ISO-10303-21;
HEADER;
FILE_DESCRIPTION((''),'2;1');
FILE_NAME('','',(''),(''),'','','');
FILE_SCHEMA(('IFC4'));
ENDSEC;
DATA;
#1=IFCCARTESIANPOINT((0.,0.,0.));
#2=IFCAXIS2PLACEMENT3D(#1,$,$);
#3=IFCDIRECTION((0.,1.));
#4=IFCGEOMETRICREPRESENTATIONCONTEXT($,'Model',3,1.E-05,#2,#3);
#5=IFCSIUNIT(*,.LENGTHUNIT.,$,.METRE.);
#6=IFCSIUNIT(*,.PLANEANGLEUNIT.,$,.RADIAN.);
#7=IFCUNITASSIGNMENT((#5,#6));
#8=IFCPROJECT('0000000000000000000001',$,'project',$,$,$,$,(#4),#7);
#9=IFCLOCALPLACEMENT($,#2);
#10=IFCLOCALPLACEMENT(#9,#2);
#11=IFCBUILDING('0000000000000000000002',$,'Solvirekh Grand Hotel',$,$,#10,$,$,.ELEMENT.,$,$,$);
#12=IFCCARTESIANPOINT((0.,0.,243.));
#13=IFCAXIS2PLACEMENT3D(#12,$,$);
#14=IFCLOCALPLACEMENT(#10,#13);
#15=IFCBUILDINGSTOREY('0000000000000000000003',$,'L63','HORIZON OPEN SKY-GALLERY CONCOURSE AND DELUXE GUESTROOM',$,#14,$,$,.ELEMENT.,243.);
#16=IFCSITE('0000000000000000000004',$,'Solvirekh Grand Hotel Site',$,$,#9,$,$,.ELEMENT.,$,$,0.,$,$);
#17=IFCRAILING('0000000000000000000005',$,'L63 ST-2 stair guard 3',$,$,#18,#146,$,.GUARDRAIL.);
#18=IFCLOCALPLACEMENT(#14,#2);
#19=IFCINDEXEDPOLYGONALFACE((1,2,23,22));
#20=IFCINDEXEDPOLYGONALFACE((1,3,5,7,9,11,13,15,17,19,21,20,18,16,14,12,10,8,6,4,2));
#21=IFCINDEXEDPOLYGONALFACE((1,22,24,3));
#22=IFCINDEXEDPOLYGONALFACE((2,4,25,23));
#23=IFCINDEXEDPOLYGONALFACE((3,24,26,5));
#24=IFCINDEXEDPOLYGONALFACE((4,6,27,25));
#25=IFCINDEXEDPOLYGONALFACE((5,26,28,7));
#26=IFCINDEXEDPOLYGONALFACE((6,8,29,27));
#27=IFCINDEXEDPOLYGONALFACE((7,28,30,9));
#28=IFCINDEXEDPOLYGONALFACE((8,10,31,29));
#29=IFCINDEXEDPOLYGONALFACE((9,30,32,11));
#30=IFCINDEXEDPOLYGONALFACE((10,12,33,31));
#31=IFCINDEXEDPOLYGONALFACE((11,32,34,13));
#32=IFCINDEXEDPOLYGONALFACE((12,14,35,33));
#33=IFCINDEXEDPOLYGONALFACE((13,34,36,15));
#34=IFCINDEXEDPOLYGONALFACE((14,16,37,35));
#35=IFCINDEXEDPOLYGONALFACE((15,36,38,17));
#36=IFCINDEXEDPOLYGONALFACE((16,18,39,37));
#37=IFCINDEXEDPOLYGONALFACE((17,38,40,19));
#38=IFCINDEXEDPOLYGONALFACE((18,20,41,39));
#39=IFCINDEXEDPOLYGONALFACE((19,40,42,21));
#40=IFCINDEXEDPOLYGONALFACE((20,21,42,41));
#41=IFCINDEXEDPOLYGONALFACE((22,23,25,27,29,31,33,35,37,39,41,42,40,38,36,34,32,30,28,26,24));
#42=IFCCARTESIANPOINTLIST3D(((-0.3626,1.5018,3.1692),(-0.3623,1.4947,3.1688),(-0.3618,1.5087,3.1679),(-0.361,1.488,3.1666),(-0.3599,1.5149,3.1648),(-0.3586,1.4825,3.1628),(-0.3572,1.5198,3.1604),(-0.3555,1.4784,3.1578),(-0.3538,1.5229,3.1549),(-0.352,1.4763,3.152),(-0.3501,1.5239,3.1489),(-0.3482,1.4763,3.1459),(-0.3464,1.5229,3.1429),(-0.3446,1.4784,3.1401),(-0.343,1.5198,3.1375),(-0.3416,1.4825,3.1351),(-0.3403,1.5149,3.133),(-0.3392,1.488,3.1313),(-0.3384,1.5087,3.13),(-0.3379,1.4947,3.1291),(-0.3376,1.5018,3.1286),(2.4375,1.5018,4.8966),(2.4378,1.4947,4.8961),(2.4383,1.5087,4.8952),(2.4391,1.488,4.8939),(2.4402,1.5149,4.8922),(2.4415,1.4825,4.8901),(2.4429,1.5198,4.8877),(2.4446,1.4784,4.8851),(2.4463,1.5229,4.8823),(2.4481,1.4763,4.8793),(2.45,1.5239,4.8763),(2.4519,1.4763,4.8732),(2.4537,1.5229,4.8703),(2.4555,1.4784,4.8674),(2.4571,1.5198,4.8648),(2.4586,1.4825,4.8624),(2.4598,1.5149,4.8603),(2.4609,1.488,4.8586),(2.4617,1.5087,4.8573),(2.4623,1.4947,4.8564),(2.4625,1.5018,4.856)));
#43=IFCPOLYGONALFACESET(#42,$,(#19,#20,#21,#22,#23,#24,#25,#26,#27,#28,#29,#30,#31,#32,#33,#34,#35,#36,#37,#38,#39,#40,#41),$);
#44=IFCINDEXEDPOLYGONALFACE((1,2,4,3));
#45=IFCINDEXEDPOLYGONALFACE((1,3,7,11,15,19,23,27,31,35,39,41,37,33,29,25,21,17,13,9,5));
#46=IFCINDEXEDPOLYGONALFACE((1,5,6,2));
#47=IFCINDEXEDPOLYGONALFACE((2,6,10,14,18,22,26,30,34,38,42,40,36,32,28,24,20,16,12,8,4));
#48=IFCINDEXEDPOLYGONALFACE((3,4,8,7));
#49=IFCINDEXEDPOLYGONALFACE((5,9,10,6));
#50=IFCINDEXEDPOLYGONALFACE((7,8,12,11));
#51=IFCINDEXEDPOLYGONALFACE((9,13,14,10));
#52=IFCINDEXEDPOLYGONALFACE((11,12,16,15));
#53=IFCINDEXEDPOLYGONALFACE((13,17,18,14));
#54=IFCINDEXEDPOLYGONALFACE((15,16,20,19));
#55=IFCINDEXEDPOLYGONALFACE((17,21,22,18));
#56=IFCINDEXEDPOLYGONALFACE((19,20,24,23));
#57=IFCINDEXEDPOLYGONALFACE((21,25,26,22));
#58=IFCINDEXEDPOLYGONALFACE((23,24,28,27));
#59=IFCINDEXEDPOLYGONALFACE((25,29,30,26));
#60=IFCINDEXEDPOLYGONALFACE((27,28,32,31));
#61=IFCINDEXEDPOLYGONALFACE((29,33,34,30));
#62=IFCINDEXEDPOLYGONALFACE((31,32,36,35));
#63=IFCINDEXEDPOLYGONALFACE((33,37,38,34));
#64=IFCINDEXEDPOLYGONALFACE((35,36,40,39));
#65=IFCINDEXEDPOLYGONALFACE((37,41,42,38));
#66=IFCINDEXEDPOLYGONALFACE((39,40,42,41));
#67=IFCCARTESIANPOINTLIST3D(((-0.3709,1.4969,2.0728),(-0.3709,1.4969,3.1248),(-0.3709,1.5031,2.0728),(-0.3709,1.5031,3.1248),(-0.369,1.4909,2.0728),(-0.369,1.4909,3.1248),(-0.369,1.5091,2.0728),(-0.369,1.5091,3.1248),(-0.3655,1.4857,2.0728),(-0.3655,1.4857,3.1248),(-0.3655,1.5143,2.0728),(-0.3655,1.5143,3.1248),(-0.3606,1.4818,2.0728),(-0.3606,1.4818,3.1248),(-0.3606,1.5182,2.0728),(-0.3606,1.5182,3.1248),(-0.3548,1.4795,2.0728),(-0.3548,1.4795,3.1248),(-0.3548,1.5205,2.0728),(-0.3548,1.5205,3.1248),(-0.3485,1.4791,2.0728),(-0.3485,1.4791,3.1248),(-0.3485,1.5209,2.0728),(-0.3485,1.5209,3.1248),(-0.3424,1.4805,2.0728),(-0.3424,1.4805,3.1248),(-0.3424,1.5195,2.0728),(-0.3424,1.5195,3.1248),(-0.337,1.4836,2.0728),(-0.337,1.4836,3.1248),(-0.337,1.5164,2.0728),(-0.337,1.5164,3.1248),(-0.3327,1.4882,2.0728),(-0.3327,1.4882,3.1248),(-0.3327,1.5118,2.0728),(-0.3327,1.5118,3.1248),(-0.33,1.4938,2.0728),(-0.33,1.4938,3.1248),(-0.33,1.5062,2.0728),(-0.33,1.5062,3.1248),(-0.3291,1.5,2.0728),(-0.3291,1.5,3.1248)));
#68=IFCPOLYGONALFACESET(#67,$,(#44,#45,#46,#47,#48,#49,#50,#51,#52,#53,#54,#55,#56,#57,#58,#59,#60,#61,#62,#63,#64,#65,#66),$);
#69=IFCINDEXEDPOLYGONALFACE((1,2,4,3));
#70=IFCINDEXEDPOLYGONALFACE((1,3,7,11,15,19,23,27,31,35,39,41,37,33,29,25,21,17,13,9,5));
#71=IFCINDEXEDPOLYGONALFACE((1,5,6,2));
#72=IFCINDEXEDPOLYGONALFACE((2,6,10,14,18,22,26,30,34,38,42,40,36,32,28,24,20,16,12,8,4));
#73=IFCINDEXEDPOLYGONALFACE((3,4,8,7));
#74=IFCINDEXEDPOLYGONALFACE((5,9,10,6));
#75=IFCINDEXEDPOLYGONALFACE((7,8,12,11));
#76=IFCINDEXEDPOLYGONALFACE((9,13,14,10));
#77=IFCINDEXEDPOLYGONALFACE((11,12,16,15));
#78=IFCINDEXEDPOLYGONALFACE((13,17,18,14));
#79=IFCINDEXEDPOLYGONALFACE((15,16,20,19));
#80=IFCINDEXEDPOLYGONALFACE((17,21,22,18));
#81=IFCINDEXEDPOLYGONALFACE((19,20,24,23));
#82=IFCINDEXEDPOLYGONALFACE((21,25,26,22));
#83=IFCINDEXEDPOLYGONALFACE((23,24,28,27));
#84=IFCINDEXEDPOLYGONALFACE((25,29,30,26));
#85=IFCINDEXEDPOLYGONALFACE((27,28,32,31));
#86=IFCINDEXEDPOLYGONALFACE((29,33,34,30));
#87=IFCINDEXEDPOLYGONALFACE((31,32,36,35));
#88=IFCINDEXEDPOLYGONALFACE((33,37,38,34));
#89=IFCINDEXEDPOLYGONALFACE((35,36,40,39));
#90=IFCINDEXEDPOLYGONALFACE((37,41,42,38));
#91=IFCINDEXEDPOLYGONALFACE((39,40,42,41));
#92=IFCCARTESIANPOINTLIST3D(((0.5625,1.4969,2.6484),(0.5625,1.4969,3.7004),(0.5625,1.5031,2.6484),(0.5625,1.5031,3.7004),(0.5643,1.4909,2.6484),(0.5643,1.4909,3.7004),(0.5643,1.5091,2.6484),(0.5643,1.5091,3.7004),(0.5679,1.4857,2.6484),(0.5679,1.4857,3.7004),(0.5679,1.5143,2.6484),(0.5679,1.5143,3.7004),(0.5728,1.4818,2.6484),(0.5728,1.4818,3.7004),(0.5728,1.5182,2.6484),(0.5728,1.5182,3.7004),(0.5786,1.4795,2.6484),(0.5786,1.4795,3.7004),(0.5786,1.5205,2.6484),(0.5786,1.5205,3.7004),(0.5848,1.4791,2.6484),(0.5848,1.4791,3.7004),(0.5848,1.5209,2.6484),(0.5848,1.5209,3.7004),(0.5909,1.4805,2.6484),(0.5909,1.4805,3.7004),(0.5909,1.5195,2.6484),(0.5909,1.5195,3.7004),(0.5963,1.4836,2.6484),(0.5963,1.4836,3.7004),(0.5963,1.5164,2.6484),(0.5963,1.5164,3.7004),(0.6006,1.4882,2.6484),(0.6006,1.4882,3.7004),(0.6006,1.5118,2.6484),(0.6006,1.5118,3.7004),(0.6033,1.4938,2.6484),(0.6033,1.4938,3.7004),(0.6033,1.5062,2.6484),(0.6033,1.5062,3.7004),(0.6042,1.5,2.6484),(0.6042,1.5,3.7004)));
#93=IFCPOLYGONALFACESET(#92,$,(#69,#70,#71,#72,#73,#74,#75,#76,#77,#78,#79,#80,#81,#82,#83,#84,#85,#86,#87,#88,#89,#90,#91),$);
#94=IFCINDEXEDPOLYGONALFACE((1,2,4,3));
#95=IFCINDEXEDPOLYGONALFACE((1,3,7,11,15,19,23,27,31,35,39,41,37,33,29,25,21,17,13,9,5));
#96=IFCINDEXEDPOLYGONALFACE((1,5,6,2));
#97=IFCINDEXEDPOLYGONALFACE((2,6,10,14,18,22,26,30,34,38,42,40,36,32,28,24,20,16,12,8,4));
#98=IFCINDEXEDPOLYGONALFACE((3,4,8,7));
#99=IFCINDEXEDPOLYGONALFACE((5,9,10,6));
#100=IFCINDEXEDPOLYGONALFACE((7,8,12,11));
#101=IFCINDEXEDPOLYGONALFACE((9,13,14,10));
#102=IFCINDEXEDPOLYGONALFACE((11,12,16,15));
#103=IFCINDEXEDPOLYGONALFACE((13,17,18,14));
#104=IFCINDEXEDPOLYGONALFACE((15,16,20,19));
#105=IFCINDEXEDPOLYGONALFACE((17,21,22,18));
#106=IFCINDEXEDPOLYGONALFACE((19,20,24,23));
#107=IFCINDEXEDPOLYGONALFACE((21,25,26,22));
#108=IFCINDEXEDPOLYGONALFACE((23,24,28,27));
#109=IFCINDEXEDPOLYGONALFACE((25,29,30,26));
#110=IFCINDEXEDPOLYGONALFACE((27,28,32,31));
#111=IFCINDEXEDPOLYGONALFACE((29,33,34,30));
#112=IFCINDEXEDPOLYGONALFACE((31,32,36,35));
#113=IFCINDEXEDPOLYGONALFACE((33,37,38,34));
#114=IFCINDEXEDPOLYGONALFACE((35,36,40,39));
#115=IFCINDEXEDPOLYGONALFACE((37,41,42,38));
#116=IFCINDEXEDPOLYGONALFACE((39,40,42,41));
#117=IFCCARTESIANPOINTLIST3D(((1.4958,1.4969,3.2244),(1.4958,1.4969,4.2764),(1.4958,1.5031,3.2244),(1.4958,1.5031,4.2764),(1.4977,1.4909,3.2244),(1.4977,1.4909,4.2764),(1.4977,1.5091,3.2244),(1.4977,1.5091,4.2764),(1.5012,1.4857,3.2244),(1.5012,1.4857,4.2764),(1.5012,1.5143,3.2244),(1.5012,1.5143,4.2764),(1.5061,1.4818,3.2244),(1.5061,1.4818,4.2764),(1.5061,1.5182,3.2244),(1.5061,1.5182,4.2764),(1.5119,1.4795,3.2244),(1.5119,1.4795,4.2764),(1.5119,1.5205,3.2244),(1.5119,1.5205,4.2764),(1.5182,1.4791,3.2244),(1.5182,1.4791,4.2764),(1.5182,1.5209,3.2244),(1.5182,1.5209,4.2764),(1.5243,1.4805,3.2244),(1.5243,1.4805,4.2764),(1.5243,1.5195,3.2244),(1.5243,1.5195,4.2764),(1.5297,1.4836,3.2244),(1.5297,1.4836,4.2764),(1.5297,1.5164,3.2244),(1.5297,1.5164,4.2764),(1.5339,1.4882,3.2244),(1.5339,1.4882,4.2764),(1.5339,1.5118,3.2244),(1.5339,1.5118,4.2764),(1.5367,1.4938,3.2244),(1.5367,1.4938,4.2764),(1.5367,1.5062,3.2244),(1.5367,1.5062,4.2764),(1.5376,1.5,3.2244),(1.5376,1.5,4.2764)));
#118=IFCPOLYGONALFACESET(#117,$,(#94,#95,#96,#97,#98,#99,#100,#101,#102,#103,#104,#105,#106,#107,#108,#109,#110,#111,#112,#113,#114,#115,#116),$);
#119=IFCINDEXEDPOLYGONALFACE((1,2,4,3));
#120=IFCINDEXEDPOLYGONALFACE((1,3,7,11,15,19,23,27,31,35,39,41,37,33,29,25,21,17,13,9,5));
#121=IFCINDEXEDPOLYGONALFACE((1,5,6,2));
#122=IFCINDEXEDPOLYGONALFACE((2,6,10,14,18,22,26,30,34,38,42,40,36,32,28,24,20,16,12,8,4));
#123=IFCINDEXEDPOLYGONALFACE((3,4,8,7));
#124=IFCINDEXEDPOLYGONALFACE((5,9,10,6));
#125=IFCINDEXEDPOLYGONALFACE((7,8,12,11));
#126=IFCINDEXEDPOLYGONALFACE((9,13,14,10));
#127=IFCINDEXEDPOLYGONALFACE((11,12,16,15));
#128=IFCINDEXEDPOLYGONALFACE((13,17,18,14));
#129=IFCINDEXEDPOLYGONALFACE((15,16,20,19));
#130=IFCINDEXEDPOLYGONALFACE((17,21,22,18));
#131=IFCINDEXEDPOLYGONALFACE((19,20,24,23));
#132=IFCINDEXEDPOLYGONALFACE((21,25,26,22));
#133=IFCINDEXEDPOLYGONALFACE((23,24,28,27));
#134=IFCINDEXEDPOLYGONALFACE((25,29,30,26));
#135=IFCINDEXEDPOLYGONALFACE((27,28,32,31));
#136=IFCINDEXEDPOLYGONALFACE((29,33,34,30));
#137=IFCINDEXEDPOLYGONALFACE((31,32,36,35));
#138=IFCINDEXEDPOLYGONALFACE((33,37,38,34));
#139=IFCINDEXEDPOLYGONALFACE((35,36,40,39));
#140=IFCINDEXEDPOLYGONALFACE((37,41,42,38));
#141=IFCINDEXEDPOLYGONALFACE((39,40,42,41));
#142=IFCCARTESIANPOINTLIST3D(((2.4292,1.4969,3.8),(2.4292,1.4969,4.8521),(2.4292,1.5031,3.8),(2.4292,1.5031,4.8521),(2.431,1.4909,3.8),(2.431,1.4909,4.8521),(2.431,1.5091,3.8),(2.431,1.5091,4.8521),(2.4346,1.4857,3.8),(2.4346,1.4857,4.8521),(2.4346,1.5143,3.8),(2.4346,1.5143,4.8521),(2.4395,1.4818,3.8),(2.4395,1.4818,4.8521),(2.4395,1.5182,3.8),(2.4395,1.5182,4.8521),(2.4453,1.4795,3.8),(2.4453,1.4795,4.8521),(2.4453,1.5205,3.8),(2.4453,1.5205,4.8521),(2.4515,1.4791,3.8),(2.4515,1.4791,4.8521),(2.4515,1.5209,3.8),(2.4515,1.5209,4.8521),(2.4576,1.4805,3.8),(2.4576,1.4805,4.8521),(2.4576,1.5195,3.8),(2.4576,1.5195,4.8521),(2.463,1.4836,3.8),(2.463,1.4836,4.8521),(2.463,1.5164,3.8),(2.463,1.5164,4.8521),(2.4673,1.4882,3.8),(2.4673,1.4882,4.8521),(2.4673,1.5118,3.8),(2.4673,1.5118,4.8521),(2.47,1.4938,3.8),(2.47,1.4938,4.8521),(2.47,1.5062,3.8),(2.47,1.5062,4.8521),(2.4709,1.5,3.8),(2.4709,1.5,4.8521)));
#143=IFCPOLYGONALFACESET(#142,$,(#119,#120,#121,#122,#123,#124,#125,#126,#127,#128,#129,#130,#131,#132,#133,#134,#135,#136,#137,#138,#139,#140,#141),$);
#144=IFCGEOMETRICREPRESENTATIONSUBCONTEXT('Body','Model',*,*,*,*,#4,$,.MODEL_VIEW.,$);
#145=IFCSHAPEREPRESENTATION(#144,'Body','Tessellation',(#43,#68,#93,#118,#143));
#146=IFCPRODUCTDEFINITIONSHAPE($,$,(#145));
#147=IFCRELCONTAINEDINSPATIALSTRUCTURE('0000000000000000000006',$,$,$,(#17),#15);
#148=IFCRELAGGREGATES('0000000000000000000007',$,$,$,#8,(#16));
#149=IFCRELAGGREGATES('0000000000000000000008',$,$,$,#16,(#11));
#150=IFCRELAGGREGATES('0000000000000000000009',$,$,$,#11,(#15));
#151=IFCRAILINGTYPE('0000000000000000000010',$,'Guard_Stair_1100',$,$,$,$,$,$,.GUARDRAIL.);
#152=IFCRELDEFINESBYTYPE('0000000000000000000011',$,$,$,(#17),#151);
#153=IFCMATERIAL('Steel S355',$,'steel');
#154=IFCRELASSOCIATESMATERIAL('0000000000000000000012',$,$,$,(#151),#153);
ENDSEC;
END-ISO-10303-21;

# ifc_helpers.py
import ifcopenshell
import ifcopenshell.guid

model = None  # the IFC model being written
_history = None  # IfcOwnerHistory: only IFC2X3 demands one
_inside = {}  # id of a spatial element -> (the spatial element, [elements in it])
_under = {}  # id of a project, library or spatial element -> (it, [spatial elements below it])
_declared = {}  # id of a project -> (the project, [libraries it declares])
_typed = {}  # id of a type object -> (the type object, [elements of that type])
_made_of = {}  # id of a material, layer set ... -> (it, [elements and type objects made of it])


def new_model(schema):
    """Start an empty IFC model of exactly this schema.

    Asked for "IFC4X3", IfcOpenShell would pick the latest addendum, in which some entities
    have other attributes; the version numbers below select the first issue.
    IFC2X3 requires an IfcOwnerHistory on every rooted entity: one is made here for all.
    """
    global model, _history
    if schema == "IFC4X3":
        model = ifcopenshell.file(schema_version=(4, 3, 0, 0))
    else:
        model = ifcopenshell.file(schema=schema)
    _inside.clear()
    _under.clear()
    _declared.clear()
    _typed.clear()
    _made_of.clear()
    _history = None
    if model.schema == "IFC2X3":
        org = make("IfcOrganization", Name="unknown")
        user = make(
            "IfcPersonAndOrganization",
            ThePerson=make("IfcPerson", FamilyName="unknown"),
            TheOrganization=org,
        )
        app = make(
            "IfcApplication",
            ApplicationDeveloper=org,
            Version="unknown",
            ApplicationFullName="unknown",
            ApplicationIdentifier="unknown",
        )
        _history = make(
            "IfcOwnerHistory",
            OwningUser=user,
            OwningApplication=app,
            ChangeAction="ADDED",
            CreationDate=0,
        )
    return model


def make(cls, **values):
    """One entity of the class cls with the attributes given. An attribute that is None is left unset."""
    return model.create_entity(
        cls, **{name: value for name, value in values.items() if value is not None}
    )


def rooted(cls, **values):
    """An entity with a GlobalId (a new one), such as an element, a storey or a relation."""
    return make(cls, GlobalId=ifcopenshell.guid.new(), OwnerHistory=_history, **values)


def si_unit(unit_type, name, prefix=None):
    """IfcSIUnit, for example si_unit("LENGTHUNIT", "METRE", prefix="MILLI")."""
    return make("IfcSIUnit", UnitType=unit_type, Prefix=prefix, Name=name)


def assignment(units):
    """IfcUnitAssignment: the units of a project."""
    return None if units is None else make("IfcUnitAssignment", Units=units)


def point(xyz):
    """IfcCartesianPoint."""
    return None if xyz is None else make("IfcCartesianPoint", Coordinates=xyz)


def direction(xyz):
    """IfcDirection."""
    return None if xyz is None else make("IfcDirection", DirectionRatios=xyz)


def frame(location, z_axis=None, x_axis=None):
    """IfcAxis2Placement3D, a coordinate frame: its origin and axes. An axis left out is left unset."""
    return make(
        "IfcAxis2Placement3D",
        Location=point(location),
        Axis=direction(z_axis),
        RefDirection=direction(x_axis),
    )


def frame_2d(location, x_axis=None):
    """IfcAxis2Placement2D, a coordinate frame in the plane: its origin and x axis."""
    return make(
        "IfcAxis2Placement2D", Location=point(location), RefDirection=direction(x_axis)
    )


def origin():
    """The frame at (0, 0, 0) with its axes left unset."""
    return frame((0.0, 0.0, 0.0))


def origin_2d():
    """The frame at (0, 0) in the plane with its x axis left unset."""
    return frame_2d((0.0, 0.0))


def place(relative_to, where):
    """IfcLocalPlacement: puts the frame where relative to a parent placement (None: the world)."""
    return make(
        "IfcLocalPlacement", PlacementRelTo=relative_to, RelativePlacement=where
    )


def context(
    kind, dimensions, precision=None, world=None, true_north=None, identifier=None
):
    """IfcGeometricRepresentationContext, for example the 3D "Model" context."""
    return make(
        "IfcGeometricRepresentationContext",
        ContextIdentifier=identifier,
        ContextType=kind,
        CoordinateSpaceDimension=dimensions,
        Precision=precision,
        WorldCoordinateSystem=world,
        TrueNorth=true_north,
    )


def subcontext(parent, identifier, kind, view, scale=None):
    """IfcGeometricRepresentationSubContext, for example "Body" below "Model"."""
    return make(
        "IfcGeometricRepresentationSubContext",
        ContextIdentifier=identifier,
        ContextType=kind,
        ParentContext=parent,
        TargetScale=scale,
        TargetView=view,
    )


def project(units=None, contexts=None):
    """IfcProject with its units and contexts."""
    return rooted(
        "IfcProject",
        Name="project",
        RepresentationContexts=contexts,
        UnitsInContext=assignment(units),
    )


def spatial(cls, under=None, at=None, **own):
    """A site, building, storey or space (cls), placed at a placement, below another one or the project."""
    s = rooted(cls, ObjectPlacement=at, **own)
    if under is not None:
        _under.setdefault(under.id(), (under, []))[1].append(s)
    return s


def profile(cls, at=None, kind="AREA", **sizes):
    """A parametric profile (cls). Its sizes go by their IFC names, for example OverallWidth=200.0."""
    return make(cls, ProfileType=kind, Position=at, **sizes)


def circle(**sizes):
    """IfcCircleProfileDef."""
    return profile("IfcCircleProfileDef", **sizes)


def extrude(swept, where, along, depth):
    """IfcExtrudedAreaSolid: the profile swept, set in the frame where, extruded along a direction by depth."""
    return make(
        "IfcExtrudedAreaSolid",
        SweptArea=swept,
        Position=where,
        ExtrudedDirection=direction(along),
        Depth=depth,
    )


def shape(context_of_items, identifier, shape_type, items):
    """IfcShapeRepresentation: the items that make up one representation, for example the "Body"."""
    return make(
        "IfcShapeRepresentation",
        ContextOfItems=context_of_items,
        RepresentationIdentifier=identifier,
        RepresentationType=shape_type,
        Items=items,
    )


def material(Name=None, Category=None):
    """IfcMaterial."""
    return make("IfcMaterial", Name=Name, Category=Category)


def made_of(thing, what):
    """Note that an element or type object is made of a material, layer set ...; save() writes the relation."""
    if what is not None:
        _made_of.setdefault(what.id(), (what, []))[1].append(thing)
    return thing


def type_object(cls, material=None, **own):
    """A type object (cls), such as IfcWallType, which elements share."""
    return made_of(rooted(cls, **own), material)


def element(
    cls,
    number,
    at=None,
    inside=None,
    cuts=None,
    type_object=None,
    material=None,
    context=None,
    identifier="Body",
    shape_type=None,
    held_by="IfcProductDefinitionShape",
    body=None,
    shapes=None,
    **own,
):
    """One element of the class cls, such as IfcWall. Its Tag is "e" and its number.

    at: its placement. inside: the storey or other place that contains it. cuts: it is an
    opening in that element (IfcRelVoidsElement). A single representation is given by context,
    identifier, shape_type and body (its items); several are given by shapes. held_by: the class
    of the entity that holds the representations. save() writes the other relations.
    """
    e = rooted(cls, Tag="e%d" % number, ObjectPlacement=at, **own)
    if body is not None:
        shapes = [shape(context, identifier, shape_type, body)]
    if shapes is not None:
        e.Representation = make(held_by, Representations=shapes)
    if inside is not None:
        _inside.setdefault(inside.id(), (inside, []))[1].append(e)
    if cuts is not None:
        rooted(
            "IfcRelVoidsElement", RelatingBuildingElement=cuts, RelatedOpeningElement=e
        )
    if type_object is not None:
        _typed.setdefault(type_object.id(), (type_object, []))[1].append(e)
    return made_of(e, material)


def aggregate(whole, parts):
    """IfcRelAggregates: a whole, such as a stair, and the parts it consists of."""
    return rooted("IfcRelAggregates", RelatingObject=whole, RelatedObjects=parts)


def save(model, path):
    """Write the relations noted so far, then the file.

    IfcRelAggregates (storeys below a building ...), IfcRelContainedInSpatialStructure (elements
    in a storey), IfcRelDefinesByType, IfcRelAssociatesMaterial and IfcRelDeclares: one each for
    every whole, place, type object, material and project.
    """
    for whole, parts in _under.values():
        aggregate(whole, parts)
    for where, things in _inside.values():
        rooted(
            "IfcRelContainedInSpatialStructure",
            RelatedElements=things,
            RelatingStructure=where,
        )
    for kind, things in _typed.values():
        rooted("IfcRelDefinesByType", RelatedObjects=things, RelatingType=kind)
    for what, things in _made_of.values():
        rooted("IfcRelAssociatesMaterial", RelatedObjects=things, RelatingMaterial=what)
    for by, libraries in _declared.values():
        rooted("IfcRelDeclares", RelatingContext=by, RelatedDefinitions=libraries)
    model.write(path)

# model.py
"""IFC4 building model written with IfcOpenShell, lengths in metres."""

from ifc_helpers import new_model, si_unit, direction, frame, origin, origin_2d, place, context, subcontext, project, spatial, circle, extrude, material, type_object, element, save


model = new_model("IFC4")

# Units and contexts
model_context = context("Model", 3, precision=1e-05, world=origin(), true_north=direction((0.0, 1.0)))
body_context = subcontext(model_context, "Body", "Model", "MODEL_VIEW")
ifc_project = project(units=[si_unit("LENGTHUNIT", "METRE"), si_unit("PLANEANGLEUNIT", "RADIAN")], contexts=[model_context])

# Site, building, storey
site_placement = place(None, origin())
site = spatial("IfcSite", under=ifc_project, at=site_placement, Name="Solvirekh Grand Hotel Site", CompositionType="ELEMENT", RefElevation=0.0)
building_placement = place(site_placement, origin())
building = spatial("IfcBuilding", under=site, at=building_placement, Name="Solvirekh Grand Hotel", CompositionType="ELEMENT")
storey_placement = place(building_placement, frame((0.0, 0.0, 243.0)))
storey = spatial("IfcBuildingStorey", under=building, at=storey_placement, Name="L63", Description="HORIZON OPEN SKY-GALLERY CONCOURSE AND DELUXE GUESTROOM", CompositionType="ELEMENT", Elevation=243.0)

# Shared definitions
ifc_material_1 = material(Name="Steel S355", Category="steel")

# Railing
railing_type_1 = type_object("IfcRailingType", Name="Guard_Stair_1100", PredefinedType="GUARDRAIL", material=ifc_material_1)
railing_1_placement = place(storey_placement, frame((-0.3501, 1.5, 2.0728)))
element("IfcRailing", 1, at=railing_1_placement, inside=storey, type_object=railing_type_1, Name="L63 ST-2 stair guard 3", PredefinedType="GUARDRAIL", context=body_context, shape_type="SweptSolid", body=[
    extrude(circle(Radius=0.0239, at=origin_2d()), frame((0.0, 0.0, 1.0762), z_axis=(0.85109, 0.0, 0.52502), x_axis=(0.0, 1.0, 0.0)), (0.0, 0.0, 1.0), 3.29),
    extrude(circle(Radius=0.021, at=origin_2d()), origin(), (0.0, 0.0, 1.0), 1.052),
    extrude(circle(Radius=0.021, at=origin_2d()), frame((0.9333, 0.0, 0.5757)), (0.0, 0.0, 1.0), 1.052),
    extrude(circle(Radius=0.021, at=origin_2d()), frame((1.8667, 0.0, 1.1516)), (0.0, 0.0, 1.0), 1.052),
    extrude(circle(Radius=0.021, at=origin_2d()), frame((2.8, 0.0, 1.7273)), (0.0, 0.0, 1.0), 1.052),
])

save(model, "model.ifc")
